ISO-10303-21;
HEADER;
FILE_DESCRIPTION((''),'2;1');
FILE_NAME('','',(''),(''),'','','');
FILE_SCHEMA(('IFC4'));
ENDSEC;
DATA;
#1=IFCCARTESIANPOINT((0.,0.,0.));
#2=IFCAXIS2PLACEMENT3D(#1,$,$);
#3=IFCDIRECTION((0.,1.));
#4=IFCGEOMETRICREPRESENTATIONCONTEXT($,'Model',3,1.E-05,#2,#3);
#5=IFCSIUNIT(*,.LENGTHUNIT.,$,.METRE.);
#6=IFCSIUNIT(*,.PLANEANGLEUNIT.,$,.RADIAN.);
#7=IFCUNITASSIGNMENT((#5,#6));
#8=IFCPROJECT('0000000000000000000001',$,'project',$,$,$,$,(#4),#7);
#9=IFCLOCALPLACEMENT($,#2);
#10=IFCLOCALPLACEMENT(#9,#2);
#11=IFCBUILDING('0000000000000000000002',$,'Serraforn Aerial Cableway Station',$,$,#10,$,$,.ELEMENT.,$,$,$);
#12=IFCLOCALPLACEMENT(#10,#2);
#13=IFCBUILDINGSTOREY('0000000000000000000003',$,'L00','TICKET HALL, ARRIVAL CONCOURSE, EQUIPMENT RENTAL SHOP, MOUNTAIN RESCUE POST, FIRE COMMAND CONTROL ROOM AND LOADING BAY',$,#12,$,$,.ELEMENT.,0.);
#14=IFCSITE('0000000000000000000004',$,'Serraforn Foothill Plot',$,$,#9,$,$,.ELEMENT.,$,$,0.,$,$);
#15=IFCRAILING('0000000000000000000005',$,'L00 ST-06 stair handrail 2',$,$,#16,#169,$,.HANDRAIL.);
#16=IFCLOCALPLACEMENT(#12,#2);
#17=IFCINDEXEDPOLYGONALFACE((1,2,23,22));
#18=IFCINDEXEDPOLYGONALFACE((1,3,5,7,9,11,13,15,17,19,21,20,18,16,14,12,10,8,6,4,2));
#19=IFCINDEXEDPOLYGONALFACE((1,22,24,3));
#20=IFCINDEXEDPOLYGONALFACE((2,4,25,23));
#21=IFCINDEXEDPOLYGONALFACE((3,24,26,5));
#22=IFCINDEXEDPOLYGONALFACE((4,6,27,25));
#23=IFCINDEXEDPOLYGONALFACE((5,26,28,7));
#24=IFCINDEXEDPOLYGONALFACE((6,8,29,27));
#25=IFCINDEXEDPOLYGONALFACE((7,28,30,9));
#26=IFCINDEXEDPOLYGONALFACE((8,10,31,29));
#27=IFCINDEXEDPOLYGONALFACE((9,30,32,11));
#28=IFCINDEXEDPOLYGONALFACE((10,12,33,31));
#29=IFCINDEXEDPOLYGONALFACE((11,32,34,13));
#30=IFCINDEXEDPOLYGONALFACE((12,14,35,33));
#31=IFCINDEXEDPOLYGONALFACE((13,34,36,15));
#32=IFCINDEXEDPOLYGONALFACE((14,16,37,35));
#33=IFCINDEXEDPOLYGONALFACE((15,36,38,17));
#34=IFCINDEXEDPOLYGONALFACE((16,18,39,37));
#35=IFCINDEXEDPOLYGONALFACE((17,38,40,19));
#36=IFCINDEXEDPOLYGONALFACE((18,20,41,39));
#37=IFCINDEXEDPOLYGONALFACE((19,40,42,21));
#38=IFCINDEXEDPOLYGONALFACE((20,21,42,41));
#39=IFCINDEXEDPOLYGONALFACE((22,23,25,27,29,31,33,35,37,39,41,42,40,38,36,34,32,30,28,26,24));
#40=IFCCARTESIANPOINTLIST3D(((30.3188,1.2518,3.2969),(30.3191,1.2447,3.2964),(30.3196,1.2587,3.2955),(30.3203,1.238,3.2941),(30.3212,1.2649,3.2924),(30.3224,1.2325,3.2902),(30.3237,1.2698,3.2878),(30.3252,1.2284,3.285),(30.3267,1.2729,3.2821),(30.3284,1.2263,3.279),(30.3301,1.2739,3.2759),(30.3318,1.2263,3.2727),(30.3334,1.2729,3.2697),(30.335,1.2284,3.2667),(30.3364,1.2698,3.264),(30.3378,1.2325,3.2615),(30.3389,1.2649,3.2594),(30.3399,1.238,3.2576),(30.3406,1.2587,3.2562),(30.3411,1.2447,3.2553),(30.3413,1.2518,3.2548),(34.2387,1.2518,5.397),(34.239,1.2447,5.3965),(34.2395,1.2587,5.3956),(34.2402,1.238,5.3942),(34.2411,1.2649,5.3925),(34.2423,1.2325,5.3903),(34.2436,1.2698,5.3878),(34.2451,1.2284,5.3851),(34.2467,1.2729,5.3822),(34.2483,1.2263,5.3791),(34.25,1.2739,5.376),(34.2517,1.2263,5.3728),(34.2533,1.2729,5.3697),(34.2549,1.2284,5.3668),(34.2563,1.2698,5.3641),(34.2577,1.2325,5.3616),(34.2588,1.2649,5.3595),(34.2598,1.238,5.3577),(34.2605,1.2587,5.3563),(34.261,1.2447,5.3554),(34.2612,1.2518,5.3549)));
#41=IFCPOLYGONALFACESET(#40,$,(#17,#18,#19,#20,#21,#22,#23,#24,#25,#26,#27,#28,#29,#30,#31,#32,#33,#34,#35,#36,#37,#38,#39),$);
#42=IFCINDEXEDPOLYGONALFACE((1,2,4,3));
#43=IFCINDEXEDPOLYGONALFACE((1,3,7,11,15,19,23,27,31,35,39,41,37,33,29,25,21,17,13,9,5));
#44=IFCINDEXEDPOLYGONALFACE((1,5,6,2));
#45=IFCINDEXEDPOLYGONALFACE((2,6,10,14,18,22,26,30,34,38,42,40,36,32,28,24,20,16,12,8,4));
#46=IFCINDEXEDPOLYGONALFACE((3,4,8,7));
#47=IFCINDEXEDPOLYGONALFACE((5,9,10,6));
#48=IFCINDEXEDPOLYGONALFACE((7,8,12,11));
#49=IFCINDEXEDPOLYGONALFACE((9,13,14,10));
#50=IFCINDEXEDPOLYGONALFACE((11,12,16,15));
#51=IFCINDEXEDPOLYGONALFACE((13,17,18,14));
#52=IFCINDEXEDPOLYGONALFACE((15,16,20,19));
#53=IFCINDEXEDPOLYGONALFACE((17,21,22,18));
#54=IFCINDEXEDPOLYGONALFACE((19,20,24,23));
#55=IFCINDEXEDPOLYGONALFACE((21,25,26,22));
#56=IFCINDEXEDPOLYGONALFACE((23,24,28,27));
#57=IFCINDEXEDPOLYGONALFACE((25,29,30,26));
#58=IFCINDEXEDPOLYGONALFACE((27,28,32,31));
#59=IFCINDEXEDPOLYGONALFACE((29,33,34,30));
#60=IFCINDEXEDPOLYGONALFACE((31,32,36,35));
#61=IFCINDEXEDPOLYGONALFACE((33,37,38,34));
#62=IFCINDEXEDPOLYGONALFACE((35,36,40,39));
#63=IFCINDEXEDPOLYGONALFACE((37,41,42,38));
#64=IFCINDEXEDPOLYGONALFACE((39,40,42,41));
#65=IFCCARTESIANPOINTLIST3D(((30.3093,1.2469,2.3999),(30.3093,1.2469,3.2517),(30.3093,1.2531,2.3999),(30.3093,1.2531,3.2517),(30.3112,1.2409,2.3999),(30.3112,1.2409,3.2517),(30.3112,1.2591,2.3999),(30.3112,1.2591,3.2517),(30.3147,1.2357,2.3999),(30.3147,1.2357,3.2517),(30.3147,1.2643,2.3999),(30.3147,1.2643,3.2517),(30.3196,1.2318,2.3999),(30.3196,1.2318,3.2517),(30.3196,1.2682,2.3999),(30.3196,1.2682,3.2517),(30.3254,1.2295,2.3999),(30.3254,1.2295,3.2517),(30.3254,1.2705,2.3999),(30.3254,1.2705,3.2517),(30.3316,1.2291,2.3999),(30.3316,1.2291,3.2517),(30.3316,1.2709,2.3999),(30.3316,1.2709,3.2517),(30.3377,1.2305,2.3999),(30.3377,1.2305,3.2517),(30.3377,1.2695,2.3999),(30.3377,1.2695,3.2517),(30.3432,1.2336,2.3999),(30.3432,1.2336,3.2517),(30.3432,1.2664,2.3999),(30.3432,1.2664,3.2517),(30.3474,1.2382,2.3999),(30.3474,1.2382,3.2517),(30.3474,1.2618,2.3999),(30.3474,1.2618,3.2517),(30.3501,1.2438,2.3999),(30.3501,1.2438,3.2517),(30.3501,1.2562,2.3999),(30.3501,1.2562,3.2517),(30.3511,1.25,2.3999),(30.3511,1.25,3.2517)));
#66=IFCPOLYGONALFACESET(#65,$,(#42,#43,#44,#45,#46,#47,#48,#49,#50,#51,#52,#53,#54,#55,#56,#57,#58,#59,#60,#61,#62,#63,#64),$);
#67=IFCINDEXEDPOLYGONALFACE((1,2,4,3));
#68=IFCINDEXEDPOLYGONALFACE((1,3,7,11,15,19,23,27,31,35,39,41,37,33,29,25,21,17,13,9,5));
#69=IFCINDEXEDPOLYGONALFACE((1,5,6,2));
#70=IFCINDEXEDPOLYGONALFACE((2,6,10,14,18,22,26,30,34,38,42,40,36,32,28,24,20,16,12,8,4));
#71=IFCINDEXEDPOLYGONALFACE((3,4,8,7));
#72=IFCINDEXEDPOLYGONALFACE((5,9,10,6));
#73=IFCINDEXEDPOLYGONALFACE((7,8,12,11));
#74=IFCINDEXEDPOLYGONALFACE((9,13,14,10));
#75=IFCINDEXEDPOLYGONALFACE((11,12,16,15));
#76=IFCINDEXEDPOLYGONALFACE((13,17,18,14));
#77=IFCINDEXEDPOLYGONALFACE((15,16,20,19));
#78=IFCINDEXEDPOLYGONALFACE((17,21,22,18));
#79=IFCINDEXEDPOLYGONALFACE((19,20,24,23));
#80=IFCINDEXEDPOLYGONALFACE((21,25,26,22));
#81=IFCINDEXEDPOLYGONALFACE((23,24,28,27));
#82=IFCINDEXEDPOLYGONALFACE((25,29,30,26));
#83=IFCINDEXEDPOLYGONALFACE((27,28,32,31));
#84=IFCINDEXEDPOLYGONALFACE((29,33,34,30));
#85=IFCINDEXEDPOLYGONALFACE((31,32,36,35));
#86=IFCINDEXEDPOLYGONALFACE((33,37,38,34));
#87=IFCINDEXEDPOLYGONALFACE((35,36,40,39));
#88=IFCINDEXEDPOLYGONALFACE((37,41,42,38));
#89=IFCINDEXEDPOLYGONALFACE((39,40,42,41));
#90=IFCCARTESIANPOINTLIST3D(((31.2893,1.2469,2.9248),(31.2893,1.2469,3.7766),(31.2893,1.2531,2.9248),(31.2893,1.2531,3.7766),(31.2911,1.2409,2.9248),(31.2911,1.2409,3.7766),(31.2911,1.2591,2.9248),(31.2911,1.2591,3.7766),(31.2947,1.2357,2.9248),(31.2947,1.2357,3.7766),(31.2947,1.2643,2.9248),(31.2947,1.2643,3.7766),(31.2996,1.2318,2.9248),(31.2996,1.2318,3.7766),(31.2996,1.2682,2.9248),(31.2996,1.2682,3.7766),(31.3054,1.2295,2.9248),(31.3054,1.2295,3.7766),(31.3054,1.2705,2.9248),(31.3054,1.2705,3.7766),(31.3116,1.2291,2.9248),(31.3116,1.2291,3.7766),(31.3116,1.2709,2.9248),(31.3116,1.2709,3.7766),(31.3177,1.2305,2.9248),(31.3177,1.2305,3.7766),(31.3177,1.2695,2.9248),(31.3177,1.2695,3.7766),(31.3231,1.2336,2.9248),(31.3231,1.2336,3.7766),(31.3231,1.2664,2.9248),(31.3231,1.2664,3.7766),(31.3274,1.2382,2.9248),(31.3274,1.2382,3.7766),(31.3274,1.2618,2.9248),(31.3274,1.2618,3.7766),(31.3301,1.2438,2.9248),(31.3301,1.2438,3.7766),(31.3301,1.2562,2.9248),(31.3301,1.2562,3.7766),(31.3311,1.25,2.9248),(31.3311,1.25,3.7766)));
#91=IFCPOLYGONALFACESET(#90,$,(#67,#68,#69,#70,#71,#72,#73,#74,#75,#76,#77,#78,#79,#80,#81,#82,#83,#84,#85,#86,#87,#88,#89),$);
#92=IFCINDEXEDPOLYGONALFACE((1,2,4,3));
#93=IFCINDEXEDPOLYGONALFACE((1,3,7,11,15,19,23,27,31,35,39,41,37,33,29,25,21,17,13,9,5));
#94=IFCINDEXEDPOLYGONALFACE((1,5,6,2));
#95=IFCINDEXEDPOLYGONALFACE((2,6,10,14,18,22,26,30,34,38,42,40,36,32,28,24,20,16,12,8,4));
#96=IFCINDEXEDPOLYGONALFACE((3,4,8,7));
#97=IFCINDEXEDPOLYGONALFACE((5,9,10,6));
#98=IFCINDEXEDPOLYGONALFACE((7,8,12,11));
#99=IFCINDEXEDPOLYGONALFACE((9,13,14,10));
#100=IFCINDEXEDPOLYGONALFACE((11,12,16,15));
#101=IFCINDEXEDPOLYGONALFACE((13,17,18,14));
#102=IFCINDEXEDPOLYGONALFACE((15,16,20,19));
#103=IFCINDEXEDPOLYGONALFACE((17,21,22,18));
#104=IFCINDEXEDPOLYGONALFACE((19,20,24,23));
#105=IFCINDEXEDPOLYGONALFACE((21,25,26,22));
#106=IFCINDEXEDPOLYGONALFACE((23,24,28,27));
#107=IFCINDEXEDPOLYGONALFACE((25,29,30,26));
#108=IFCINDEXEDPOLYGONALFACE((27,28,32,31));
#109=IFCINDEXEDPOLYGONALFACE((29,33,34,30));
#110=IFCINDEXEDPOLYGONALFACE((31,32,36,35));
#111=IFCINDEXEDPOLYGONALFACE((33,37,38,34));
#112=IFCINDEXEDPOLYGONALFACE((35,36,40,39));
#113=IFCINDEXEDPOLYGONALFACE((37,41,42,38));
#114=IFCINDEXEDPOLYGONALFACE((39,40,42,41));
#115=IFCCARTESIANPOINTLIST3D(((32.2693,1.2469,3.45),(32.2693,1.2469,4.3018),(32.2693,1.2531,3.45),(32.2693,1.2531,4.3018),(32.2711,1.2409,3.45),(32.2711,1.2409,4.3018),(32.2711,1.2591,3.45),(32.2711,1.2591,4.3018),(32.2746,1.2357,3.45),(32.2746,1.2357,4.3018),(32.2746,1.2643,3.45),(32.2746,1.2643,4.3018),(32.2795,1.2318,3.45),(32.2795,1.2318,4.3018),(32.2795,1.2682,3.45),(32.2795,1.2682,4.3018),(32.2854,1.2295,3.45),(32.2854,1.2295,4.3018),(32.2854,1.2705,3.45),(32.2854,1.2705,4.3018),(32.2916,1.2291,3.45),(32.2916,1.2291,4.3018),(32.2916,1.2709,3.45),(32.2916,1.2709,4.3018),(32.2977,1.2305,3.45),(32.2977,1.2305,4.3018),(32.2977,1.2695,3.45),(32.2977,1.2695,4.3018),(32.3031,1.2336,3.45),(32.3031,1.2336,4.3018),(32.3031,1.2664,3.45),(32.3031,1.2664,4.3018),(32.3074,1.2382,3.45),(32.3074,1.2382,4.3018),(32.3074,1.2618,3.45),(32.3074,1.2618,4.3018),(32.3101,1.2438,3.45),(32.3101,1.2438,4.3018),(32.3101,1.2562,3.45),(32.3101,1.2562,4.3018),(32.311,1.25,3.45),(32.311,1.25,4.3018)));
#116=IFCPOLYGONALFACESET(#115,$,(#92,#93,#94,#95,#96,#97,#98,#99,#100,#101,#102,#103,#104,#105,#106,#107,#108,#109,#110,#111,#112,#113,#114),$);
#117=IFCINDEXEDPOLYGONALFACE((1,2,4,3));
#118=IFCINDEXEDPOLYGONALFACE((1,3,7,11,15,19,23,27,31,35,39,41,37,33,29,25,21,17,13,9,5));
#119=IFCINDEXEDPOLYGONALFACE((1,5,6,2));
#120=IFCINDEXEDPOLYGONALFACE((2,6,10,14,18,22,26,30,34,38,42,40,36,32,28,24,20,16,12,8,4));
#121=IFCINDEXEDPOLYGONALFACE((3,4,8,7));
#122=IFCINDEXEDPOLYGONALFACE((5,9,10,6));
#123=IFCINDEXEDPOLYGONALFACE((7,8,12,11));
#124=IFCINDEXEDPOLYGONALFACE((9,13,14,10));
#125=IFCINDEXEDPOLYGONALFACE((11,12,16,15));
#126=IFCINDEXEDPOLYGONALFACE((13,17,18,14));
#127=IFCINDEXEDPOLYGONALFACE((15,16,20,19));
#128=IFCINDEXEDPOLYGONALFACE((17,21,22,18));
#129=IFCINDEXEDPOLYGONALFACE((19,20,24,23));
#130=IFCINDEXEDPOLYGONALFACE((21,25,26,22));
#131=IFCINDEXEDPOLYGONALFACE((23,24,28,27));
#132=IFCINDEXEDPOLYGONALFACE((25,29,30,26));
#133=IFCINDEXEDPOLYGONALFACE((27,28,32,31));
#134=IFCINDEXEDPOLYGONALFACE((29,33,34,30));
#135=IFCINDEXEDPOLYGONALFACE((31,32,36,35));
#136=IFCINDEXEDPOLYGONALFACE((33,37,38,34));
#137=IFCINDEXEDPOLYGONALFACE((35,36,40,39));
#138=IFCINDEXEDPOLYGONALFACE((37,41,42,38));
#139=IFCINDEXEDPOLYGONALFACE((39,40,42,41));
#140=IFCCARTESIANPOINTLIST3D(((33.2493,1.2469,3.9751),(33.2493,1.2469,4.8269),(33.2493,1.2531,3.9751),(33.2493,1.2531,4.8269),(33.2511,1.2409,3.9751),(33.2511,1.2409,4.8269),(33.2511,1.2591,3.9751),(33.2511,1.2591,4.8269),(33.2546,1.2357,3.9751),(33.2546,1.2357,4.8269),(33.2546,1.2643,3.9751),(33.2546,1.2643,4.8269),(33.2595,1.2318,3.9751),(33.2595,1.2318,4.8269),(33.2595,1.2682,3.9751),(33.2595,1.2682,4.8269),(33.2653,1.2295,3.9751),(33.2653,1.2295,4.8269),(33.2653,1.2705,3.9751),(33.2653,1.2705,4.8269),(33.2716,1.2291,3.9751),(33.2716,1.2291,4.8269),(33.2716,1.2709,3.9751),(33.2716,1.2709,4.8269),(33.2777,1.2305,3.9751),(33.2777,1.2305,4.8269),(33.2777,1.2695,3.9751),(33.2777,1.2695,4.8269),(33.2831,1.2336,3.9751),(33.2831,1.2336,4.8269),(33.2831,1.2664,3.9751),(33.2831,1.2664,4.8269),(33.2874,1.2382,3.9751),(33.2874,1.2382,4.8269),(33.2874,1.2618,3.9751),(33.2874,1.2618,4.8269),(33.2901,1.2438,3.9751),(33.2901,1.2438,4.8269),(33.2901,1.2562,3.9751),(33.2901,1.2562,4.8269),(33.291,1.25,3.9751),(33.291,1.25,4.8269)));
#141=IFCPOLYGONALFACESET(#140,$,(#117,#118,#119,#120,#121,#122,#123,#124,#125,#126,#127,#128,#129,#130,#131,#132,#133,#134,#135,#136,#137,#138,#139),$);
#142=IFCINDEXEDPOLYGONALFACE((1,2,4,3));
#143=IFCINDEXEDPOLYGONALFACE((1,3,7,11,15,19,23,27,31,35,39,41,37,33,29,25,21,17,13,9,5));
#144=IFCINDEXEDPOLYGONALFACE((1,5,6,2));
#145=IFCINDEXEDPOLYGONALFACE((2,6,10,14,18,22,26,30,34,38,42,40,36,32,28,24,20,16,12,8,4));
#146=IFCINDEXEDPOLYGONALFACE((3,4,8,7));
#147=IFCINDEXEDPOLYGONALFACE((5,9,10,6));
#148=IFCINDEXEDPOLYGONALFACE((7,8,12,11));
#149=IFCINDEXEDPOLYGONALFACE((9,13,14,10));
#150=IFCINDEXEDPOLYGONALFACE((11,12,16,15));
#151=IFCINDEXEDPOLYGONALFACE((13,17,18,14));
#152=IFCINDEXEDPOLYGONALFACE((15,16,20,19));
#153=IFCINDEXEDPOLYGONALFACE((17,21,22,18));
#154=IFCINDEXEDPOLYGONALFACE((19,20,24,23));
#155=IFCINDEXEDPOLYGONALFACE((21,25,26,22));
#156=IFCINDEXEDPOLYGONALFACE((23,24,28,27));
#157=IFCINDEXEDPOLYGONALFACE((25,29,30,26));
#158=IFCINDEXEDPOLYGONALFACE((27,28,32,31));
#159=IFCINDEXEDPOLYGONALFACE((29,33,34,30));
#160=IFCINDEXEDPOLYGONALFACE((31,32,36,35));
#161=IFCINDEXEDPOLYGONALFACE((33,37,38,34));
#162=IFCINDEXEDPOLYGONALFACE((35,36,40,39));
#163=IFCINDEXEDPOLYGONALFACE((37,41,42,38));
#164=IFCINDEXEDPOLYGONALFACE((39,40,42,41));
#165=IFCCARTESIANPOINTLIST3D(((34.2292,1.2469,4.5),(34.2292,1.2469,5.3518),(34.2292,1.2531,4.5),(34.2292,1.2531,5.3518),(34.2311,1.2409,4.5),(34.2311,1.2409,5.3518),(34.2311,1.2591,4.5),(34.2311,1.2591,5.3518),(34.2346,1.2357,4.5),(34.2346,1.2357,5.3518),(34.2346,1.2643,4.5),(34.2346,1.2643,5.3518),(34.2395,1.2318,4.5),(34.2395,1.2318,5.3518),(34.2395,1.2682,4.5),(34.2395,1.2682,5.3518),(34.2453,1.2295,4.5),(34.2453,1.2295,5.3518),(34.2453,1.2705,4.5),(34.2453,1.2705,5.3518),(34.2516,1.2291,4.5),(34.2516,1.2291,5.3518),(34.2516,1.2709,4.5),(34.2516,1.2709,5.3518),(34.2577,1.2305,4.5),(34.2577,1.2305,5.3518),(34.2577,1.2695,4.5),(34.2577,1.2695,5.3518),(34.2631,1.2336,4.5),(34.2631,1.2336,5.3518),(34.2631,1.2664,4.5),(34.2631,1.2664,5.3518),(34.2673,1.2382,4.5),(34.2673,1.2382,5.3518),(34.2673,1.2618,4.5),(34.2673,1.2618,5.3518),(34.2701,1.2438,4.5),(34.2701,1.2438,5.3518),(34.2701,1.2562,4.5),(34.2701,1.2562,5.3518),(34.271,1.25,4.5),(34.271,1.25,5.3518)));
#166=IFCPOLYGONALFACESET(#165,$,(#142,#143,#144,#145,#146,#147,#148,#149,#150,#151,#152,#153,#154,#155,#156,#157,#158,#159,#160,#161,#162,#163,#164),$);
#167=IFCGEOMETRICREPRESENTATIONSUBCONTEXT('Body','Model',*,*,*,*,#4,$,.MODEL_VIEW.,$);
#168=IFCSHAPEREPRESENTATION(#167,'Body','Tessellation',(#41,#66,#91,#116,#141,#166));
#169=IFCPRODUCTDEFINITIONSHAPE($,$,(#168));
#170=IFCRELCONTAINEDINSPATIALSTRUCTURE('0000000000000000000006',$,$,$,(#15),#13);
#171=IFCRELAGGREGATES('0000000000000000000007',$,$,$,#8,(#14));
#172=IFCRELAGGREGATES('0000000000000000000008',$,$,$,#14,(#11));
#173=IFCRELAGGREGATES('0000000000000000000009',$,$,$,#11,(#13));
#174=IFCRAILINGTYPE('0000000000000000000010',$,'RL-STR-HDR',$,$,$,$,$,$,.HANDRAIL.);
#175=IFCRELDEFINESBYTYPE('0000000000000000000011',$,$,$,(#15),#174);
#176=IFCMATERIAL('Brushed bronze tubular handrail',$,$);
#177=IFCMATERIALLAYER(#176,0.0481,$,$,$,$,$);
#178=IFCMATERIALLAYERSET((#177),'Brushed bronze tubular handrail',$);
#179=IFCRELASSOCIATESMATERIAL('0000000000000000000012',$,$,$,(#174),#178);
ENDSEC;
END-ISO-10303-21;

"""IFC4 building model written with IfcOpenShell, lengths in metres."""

from ifc_helpers import new_model, si_unit, direction, frame, origin, origin_2d, place, context, subcontext, project, spatial, circle, extrude, material, layer, layer_set, type_object, element, save


model = new_model("IFC4")

# Units and contexts
model_context = context("Model", 3, precision=1e-05, world=origin(), true_north=direction((0.0, 1.0)))
body_context = subcontext(model_context, "Body", "Model", "MODEL_VIEW")
ifc_project = project(units=[si_unit("LENGTHUNIT", "METRE"), si_unit("PLANEANGLEUNIT", "RADIAN")], contexts=[model_context])

# Site, building, storey
site_placement = place(None, origin())
site = spatial("IfcSite", under=ifc_project, at=site_placement, Name="Serraforn Foothill Plot", CompositionType="ELEMENT", RefElevation=0.0)
building_placement = place(site_placement, origin())
building = spatial("IfcBuilding", under=site, at=building_placement, Name="Serraforn Aerial Cableway Station", CompositionType="ELEMENT")
storey_placement = place(building_placement, origin())
storey = spatial("IfcBuildingStorey", under=building, at=storey_placement, Name="L00", Description="TICKET HALL, ARRIVAL CONCOURSE, EQUIPMENT RENTAL SHOP, MOUNTAIN RESCUE POST, FIRE COMMAND CONTROL ROOM AND LOADING BAY", CompositionType="ELEMENT", Elevation=0.0)

# Railing
ifc_material_1 = material(Name="Brushed bronze tubular handrail")
ifc_layer_1 = layer(ifc_material_1, 0.0481)
ifc_layer_set_1 = layer_set([ifc_layer_1], Name="Brushed bronze tubular handrail")
railing_type_1 = type_object("IfcRailingType", Name="RL-STR-HDR", PredefinedType="HANDRAIL", material=ifc_layer_set_1)
railing_1_placement = place(storey_placement, frame((30.3301, 1.25, 2.3999)))
element("IfcRailing", 1, at=railing_1_placement, inside=storey, type_object=railing_type_1, Name="L00 ST-06 stair handrail 2", PredefinedType="HANDRAIL", context=body_context, shape_type="SweptSolid", body=[
    extrude(circle(Radius=0.0239, at=origin_2d()), frame((0.0, 0.0, 0.876), z_axis=(0.881467, 0.0, 0.472246), x_axis=(0.0, 1.0, 0.0)), (0.0, 0.0, 1.0), 4.447),
    extrude(circle(Radius=0.021, at=origin_2d()), origin(), (0.0, 0.0, 1.0), 0.8518),
    extrude(circle(Radius=0.021, at=origin_2d()), frame((0.98, 0.0, 0.5249)), (0.0, 0.0, 1.0), 0.8518),
    extrude(circle(Radius=0.021, at=origin_2d()), frame((1.96, 0.0, 1.05)), (0.0, 0.0, 1.0), 0.8518),
    extrude(circle(Radius=0.021, at=origin_2d()), frame((2.9399, 0.0, 1.5752)), (0.0, 0.0, 1.0), 0.8518),
    extrude(circle(Radius=0.021, at=origin_2d()), frame((3.9199, 0.0, 2.1001)), (0.0, 0.0, 1.0), 0.8518),
])

save(model, "model.ifc")
